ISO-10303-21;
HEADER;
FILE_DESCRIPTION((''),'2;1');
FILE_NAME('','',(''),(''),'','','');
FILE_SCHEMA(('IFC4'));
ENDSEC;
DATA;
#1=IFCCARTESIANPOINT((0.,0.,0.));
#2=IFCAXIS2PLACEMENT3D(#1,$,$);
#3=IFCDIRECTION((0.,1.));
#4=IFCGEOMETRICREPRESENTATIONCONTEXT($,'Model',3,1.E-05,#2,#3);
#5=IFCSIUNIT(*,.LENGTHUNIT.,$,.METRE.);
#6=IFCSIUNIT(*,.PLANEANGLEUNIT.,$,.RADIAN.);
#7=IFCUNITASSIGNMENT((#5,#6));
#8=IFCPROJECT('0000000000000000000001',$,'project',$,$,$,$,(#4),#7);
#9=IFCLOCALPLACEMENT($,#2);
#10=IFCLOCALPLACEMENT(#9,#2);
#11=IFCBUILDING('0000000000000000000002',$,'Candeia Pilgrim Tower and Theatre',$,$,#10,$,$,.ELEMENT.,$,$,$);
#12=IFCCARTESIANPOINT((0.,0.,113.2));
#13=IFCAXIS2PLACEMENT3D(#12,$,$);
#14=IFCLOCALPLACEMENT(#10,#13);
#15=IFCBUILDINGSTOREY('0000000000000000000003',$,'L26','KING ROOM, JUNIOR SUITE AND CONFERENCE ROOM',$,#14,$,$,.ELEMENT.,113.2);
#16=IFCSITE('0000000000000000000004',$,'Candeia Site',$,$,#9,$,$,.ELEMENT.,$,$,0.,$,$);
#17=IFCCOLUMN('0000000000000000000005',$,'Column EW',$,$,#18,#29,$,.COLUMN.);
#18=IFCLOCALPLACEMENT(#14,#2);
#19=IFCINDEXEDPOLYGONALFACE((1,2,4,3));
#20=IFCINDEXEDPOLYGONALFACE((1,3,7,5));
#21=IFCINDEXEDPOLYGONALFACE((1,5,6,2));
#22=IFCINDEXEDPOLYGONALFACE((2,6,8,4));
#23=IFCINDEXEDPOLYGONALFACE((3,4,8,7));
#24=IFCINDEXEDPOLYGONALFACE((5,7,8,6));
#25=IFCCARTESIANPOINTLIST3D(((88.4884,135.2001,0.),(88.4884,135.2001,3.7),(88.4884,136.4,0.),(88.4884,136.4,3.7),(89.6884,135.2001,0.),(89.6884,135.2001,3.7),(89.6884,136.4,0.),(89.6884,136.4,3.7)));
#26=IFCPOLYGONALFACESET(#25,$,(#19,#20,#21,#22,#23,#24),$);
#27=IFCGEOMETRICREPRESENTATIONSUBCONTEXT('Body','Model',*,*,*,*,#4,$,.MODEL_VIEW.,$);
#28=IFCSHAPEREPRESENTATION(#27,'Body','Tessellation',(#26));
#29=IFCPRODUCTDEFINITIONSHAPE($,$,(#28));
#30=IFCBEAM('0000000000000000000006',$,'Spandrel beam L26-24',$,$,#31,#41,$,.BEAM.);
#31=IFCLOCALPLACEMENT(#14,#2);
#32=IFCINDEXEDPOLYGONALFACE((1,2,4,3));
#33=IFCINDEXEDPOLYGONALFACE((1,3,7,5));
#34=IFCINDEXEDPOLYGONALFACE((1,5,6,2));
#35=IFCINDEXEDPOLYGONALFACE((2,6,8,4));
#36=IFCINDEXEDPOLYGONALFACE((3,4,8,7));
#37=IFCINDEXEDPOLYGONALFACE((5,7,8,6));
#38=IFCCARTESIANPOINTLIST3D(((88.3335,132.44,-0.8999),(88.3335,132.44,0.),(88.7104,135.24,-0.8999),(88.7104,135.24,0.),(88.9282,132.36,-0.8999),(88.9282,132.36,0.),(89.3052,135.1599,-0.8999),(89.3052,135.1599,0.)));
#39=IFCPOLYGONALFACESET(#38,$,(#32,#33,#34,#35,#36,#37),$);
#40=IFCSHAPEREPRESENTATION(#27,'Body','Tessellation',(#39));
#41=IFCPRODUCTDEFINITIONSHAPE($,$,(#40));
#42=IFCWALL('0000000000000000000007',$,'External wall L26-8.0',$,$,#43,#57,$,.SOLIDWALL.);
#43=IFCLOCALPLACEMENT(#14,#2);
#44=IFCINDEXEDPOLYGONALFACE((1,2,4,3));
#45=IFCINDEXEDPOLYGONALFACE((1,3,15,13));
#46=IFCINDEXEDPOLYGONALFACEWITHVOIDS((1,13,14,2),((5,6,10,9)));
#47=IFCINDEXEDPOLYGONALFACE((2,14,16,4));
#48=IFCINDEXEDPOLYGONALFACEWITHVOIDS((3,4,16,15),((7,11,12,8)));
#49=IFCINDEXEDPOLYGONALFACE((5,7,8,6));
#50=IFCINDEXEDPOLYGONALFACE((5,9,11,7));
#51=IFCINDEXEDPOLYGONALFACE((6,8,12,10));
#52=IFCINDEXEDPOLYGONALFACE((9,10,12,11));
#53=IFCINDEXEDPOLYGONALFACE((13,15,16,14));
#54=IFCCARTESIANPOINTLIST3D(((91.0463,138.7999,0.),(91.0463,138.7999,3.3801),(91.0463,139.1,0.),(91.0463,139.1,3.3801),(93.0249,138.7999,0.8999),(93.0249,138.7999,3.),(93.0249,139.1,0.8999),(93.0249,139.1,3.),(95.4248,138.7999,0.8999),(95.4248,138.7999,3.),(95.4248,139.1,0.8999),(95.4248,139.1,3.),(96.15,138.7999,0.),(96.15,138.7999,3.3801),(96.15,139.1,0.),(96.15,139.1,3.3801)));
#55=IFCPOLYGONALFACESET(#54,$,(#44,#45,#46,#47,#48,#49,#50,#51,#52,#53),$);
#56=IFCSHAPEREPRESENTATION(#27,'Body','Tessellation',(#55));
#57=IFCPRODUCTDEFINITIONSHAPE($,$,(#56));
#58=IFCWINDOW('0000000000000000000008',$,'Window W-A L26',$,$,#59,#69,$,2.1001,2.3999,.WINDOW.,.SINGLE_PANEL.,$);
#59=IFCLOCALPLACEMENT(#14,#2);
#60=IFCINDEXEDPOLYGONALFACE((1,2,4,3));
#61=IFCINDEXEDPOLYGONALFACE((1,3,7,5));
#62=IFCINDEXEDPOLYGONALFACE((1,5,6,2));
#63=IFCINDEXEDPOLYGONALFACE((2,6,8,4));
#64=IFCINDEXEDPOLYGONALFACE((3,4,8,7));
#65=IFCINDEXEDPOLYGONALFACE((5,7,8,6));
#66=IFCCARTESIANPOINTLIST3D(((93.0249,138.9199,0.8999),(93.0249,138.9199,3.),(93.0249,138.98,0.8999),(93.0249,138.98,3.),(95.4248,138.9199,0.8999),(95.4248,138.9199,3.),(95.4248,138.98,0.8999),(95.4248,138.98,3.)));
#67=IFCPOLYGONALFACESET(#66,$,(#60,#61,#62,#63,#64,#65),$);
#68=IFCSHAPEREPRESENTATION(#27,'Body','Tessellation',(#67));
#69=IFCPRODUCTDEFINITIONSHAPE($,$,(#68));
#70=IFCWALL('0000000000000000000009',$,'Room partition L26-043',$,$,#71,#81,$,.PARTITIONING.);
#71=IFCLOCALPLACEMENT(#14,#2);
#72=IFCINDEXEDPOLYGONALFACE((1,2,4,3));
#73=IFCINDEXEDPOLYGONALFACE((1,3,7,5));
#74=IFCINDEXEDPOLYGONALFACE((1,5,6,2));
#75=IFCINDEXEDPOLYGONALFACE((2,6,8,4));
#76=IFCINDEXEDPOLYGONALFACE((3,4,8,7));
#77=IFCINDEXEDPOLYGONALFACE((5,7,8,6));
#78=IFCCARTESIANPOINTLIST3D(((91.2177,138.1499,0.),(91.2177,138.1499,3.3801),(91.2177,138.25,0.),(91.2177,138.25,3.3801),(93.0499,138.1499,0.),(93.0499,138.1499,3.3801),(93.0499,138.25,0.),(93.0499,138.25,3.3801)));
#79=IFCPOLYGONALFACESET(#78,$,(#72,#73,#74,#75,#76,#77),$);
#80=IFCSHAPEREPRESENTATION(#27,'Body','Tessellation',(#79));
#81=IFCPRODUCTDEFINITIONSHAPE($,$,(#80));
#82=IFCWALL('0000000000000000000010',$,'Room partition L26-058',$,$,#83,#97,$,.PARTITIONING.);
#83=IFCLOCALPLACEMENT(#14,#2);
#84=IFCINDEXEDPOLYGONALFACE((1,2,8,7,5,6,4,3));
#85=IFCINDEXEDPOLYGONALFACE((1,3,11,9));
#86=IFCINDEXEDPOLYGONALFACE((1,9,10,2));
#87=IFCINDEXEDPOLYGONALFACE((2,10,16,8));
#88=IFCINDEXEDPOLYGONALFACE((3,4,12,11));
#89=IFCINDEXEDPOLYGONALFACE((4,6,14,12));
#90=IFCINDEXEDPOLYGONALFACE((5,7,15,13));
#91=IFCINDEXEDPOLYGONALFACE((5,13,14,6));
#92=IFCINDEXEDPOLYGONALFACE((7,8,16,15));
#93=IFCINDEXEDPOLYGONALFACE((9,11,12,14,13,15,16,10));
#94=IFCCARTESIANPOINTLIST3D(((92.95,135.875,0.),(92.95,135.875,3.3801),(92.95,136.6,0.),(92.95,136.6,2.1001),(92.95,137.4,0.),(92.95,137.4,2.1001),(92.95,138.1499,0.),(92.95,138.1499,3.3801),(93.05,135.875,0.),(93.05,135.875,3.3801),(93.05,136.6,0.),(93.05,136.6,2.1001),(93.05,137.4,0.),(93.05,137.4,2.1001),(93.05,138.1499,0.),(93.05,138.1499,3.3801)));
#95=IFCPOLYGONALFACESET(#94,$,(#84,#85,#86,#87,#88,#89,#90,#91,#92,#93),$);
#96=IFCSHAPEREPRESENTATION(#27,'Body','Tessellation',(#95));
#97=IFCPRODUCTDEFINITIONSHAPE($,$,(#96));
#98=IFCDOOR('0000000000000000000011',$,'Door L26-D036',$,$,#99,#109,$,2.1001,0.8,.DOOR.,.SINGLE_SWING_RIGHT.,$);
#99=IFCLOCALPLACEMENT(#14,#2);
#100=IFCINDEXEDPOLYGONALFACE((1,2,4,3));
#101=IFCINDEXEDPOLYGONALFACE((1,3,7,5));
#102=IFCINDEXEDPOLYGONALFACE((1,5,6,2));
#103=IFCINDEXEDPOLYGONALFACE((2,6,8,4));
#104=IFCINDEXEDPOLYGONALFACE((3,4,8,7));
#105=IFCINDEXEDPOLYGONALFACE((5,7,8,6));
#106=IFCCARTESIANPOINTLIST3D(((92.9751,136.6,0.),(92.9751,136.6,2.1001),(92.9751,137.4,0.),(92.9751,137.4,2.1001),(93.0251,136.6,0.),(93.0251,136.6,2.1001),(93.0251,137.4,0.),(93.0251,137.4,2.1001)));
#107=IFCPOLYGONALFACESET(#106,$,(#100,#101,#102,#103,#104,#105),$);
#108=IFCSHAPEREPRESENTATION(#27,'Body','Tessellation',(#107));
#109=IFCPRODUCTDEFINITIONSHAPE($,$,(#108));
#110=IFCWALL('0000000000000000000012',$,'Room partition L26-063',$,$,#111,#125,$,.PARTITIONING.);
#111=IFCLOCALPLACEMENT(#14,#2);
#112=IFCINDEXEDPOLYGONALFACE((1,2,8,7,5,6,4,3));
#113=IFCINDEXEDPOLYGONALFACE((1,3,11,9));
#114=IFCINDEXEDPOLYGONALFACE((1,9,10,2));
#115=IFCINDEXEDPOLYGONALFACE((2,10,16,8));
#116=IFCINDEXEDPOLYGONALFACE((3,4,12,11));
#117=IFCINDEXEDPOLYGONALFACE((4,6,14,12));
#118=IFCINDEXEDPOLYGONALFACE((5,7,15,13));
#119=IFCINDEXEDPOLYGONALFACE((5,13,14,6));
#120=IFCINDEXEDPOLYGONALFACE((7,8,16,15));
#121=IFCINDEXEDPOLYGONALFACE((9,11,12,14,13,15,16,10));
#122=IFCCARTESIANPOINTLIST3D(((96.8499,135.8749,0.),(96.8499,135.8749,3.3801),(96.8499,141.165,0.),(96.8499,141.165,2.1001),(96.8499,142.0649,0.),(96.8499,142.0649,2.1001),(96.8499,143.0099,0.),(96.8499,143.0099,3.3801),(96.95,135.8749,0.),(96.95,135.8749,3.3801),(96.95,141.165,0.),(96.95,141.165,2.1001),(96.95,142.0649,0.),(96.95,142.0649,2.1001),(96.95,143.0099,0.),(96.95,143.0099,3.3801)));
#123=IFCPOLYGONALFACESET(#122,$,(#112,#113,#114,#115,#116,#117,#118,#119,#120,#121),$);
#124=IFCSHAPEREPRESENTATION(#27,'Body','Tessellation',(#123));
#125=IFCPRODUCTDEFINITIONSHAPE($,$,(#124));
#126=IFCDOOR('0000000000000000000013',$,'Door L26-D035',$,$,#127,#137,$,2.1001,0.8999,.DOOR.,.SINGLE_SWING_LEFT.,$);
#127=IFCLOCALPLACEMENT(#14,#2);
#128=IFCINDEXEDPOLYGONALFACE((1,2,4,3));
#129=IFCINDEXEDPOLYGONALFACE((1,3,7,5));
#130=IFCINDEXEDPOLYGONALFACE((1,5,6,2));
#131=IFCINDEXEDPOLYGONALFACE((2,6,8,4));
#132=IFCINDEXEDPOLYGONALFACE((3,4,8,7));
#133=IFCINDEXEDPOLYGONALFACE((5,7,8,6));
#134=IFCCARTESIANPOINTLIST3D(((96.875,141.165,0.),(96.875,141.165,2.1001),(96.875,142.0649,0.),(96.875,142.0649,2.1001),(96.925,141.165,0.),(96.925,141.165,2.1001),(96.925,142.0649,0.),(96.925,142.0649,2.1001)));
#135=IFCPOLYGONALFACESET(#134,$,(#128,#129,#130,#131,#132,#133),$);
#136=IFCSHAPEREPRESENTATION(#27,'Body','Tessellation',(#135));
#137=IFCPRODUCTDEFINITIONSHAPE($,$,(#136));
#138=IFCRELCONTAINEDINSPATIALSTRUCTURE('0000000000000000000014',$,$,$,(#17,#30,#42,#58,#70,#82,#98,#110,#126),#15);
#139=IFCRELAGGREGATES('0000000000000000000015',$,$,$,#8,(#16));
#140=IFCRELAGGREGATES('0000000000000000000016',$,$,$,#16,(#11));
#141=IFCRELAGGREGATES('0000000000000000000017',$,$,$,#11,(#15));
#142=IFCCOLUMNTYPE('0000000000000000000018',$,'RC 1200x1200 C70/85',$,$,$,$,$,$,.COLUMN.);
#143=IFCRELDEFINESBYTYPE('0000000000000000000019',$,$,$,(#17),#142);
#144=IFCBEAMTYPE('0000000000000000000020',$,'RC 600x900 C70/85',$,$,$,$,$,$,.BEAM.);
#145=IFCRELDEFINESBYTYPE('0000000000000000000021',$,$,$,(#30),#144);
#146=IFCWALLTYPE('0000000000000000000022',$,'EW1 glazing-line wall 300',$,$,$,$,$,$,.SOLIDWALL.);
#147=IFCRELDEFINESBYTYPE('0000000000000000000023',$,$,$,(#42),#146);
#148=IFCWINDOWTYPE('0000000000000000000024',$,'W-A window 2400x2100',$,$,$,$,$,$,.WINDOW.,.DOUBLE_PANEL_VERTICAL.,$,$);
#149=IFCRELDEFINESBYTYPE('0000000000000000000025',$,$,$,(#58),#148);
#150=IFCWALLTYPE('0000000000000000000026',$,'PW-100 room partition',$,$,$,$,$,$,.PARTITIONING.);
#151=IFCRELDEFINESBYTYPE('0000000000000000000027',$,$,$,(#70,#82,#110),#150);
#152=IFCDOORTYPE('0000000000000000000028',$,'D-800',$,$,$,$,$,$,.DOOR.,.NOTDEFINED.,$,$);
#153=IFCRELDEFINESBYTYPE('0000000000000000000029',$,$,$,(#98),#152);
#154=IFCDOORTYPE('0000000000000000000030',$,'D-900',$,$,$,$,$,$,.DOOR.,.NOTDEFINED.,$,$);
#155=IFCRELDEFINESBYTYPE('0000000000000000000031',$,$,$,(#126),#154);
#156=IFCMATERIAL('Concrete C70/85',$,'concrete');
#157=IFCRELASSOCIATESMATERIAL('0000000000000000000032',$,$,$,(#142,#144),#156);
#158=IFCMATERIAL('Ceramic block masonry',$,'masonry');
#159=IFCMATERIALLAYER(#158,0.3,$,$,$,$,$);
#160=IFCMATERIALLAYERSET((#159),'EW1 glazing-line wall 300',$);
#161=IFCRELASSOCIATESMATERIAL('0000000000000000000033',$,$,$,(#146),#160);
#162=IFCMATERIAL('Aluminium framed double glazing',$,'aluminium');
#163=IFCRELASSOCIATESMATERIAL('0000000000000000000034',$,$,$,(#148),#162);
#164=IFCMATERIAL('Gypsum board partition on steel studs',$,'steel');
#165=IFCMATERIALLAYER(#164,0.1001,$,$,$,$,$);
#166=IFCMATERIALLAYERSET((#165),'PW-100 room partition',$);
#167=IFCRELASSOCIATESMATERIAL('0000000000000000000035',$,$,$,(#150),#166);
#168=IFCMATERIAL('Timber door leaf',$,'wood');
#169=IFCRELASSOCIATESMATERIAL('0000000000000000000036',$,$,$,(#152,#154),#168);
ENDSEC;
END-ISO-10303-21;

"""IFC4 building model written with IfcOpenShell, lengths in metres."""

from ifc_helpers import new_model, si_unit, direction, frame, frame_2d, origin, origin_2d, place, context, subcontext, project, spatial, rectangle, extrude, material, layer, layer_set, material_profile, profile_set, type_object, element, fill, save


model = new_model("IFC4")

# Units and contexts
model_context = context("Model", 3, precision=1e-05, world=origin(), true_north=direction((0.0, 1.0)))
body_context = subcontext(model_context, "Body", "Model", "MODEL_VIEW")
ifc_project = project(units=[si_unit("LENGTHUNIT", "METRE"), si_unit("PLANEANGLEUNIT", "RADIAN")], contexts=[model_context])

# Site, building, storey
site_placement = place(None, origin())
site = spatial("IfcSite", under=ifc_project, at=site_placement, Name="Candeia Site", CompositionType="ELEMENT", RefElevation=0.0)
building_placement = place(site_placement, origin())
building = spatial("IfcBuilding", under=site, at=building_placement, Name="Candeia Pilgrim Tower and Theatre", CompositionType="ELEMENT")
storey_placement = place(building_placement, frame((0.0, 0.0, 113.2)))
storey = spatial("IfcBuildingStorey", under=building, at=storey_placement, Name="L26", Description="KING ROOM, JUNIOR SUITE AND CONFERENCE ROOM", CompositionType="ELEMENT", Elevation=113.2)

# Column
ifc_material_1 = material(Name="Concrete C70/85", Category="concrete")
ifc_material_profile_1 = material_profile(ifc_material_1, rectangle(XDim=1.2, YDim=1.2, at=origin_2d()))
ifc_profile_set_1 = profile_set([ifc_material_profile_1], Name="Concrete C70/85")
column_type = type_object("IfcColumnType", Name="RC 1200x1200 C70/85", PredefinedType="COLUMN", material=ifc_profile_set_1)
column_placement = place(storey_placement, frame((89.0884, 135.8, 0.0), z_axis=(0.0, 0.0, 1.0), x_axis=(1.0, 0.0, 0.0)))
element("IfcColumn", 1, at=column_placement, inside=storey, type_object=column_type, Name="Column EW", PredefinedType="COLUMN", context=body_context, shape_type="SweptSolid", body=[
    extrude(rectangle(XDim=1.2, YDim=1.2, at=origin_2d()), origin(), (0.0, 0.0, 1.0), 3.7),
])

# Beam
ifc_material_profile_2 = material_profile(ifc_material_1, rectangle(XDim=0.6001, YDim=0.8999, at=origin_2d()))
ifc_profile_set_2 = profile_set([ifc_material_profile_2], Name="Concrete C70/85")
beam_type = type_object("IfcBeamType", Name="RC 600x900 C70/85", PredefinedType="BEAM", material=ifc_profile_set_2)
beam_placement = place(storey_placement, frame((89.0078, 135.2, -0.45), z_axis=(-0.13342, -0.99106, 0.0), x_axis=(0.99106, -0.13342, 0.0)))
element("IfcBeam", 2, at=beam_placement, inside=storey, type_object=beam_type, Name="Spandrel beam L26-24", PredefinedType="BEAM", context=body_context, shape_type="SweptSolid", body=[
    extrude(rectangle(XDim=0.6001, YDim=0.8999, at=origin_2d()), origin(), (0.0, 0.0, 1.0), 2.8252),
])

# Wall, opening, window
ifc_material_2 = material(Name="Ceramic block masonry", Category="masonry")
ifc_layer_1 = layer(ifc_material_2, 0.3)
ifc_layer_set_1 = layer_set([ifc_layer_1], Name="EW1 glazing-line wall 300")
wall_type_1 = type_object("IfcWallType", Name="EW1 glazing-line wall 300", PredefinedType="SOLIDWALL", material=ifc_layer_set_1)
wall_1_placement = place(storey_placement, frame((96.1499, 138.95, 0.0), z_axis=(0.0, 0.0, 1.0), x_axis=(-1.0, 0.0, 0.0)))
wall_1 = element("IfcWall", 3, at=wall_1_placement, inside=storey, type_object=wall_type_1, Name="External wall L26-8.0", PredefinedType="SOLIDWALL", context=body_context, shape_type="SweptSolid", body=[
    extrude(rectangle(XDim=5.1038, YDim=0.3, at=frame_2d((2.5518, 0.0))), origin(), (0.0, 0.0, 1.0), 3.3801),
])
opening_1_placement = place(wall_1_placement, frame((0.7251, 0.0, 0.8999)))
opening_1 = element("IfcOpeningElement", 4, at=opening_1_placement, cuts=wall_1, PredefinedType="OPENING", context=body_context, shape_type="SweptSolid", body=[
    extrude(rectangle(XDim=2.3999, YDim=2.1001, at=frame_2d((1.2, 1.05))), frame((0.0, 0.1602, 0.0), z_axis=(0.0, -1.0, 0.0), x_axis=(1.0, 0.0, 0.0)), (0.0, 0.0, 1.0), 0.3201),
])
ifc_material_3 = material(Name="Aluminium framed double glazing", Category="aluminium")
window_type_1 = type_object("IfcWindowType", Name="W-A window 2400x2100", PartitioningType="DOUBLE_PANEL_VERTICAL", PredefinedType="WINDOW", material=ifc_material_3)
window_1_placement = place(opening_1_placement, origin())
window_1 = element("IfcWindow", 5, at=window_1_placement, inside=storey, type_object=window_type_1, Name="Window W-A L26", OverallHeight=2.1001, OverallWidth=2.3999, PartitioningType="SINGLE_PANEL", PredefinedType="WINDOW", context=body_context, shape_type="SweptSolid", body=[
    extrude(rectangle(XDim=2.3999, YDim=2.1001, at=frame_2d((1.2, 1.05))), frame((0.0, 0.03, 0.0), z_axis=(0.0, -1.0, 0.0), x_axis=(1.0, 0.0, 0.0)), (0.0, 0.0, 1.0), 0.0601),
])
fill(opening_1, window_1)

# Wall
ifc_material_4 = material(Name="Gypsum board partition on steel studs", Category="steel")
ifc_layer_2 = layer(ifc_material_4, 0.1001)
ifc_layer_set_2 = layer_set([ifc_layer_2], Name="PW-100 room partition")
wall_type_2 = type_object("IfcWallType", Name="PW-100 room partition", PredefinedType="PARTITIONING", material=ifc_layer_set_2)
wall_2_placement = place(storey_placement, frame((91.2178, 138.2, 0.0), z_axis=(0.0, 0.0, 1.0), x_axis=(1.0, 0.0, 0.0)))
element("IfcWall", 6, at=wall_2_placement, inside=storey, type_object=wall_type_2, Name="Room partition L26-043", PredefinedType="PARTITIONING", context=body_context, shape_type="SweptSolid", body=[
    extrude(rectangle(XDim=1.8323, YDim=0.1001, at=frame_2d((0.916, 0.0))), origin(), (0.0, 0.0, 1.0), 3.3801),
])

# Walls, openings, doors
wall_3_placement = place(storey_placement, frame((93.0, 135.875, 0.0), z_axis=(0.0, 0.0, 1.0), x_axis=(0.0, 1.0, 0.0)))
wall_3 = element("IfcWall", 7, at=wall_3_placement, inside=storey, type_object=wall_type_2, Name="Room partition L26-058", PredefinedType="PARTITIONING", context=body_context, shape_type="SweptSolid", body=[
    extrude(rectangle(XDim=2.2749, YDim=0.1001, at=frame_2d((1.1375, 0.0))), origin(), (0.0, 0.0, 1.0), 3.3801),
])
opening_2_placement = place(wall_3_placement, frame((0.7251, 0.0, 0.0)))
opening_2 = element("IfcOpeningElement", 8, at=opening_2_placement, cuts=wall_3, PredefinedType="OPENING", context=body_context, shape_type="SweptSolid", body=[
    extrude(rectangle(XDim=0.8, YDim=2.1001, at=frame_2d((0.3999, 1.05))), frame((0.0, 0.0601, 0.0), z_axis=(0.0, -1.0, 0.0), x_axis=(1.0, 0.0, 0.0)), (0.0, 0.0, 1.0), 0.1201),
])
ifc_material_5 = material(Name="Timber door leaf", Category="wood")
door_type_1 = type_object("IfcDoorType", Name="D-800", OperationType="NOTDEFINED", PredefinedType="DOOR", material=ifc_material_5)
door_1_placement = place(opening_2_placement, origin())
door_1 = element("IfcDoor", 9, at=door_1_placement, inside=storey, type_object=door_type_1, Name="Door L26-D036", OperationType="SINGLE_SWING_RIGHT", OverallHeight=2.1001, OverallWidth=0.8, PredefinedType="DOOR", context=body_context, shape_type="SweptSolid", body=[
    extrude(rectangle(XDim=0.8, YDim=2.1001, at=frame_2d((0.3999, 1.05))), frame((0.0, 0.0249, 0.0), z_axis=(0.0, -1.0, 0.0), x_axis=(1.0, 0.0, 0.0)), (0.0, 0.0, 1.0), 0.05),
])
fill(opening_2, door_1)
wall_4_placement = place(storey_placement, frame((96.8999, 135.875, 0.0), z_axis=(0.0, 0.0, 1.0), x_axis=(0.0, 1.0, 0.0)))
wall_4 = element("IfcWall", 10, at=wall_4_placement, inside=storey, type_object=wall_type_2, Name="Room partition L26-063", PredefinedType="PARTITIONING", context=body_context, shape_type="SweptSolid", body=[
    extrude(rectangle(XDim=7.135, YDim=0.1001, at=frame_2d((3.5674, 0.0))), origin(), (0.0, 0.0, 1.0), 3.3801),
])
opening_3_placement = place(wall_4_placement, frame((5.29, 0.0, 0.0)))
opening_3 = element("IfcOpeningElement", 11, at=opening_3_placement, cuts=wall_4, PredefinedType="OPENING", context=body_context, shape_type="SweptSolid", body=[
    extrude(rectangle(XDim=0.8999, YDim=2.1001, at=frame_2d((0.45, 1.05))), frame((0.0, 0.0601, 0.0), z_axis=(0.0, -1.0, 0.0), x_axis=(1.0, 0.0, 0.0)), (0.0, 0.0, 1.0), 0.1201),
])
door_type_2 = type_object("IfcDoorType", Name="D-900", OperationType="NOTDEFINED", PredefinedType="DOOR", material=ifc_material_5)
door_2_placement = place(opening_3_placement, origin())
door_2 = element("IfcDoor", 12, at=door_2_placement, inside=storey, type_object=door_type_2, Name="Door L26-D035", OperationType="SINGLE_SWING_LEFT", OverallHeight=2.1001, OverallWidth=0.8999, PredefinedType="DOOR", context=body_context, shape_type="SweptSolid", body=[
    extrude(rectangle(XDim=0.8999, YDim=2.1001, at=frame_2d((0.45, 1.05))), frame((0.0, 0.0249, 0.0), z_axis=(0.0, -1.0, 0.0), x_axis=(1.0, 0.0, 0.0)), (0.0, 0.0, 1.0), 0.05),
])
fill(opening_3, door_2)

save(model, "model.ifc")
